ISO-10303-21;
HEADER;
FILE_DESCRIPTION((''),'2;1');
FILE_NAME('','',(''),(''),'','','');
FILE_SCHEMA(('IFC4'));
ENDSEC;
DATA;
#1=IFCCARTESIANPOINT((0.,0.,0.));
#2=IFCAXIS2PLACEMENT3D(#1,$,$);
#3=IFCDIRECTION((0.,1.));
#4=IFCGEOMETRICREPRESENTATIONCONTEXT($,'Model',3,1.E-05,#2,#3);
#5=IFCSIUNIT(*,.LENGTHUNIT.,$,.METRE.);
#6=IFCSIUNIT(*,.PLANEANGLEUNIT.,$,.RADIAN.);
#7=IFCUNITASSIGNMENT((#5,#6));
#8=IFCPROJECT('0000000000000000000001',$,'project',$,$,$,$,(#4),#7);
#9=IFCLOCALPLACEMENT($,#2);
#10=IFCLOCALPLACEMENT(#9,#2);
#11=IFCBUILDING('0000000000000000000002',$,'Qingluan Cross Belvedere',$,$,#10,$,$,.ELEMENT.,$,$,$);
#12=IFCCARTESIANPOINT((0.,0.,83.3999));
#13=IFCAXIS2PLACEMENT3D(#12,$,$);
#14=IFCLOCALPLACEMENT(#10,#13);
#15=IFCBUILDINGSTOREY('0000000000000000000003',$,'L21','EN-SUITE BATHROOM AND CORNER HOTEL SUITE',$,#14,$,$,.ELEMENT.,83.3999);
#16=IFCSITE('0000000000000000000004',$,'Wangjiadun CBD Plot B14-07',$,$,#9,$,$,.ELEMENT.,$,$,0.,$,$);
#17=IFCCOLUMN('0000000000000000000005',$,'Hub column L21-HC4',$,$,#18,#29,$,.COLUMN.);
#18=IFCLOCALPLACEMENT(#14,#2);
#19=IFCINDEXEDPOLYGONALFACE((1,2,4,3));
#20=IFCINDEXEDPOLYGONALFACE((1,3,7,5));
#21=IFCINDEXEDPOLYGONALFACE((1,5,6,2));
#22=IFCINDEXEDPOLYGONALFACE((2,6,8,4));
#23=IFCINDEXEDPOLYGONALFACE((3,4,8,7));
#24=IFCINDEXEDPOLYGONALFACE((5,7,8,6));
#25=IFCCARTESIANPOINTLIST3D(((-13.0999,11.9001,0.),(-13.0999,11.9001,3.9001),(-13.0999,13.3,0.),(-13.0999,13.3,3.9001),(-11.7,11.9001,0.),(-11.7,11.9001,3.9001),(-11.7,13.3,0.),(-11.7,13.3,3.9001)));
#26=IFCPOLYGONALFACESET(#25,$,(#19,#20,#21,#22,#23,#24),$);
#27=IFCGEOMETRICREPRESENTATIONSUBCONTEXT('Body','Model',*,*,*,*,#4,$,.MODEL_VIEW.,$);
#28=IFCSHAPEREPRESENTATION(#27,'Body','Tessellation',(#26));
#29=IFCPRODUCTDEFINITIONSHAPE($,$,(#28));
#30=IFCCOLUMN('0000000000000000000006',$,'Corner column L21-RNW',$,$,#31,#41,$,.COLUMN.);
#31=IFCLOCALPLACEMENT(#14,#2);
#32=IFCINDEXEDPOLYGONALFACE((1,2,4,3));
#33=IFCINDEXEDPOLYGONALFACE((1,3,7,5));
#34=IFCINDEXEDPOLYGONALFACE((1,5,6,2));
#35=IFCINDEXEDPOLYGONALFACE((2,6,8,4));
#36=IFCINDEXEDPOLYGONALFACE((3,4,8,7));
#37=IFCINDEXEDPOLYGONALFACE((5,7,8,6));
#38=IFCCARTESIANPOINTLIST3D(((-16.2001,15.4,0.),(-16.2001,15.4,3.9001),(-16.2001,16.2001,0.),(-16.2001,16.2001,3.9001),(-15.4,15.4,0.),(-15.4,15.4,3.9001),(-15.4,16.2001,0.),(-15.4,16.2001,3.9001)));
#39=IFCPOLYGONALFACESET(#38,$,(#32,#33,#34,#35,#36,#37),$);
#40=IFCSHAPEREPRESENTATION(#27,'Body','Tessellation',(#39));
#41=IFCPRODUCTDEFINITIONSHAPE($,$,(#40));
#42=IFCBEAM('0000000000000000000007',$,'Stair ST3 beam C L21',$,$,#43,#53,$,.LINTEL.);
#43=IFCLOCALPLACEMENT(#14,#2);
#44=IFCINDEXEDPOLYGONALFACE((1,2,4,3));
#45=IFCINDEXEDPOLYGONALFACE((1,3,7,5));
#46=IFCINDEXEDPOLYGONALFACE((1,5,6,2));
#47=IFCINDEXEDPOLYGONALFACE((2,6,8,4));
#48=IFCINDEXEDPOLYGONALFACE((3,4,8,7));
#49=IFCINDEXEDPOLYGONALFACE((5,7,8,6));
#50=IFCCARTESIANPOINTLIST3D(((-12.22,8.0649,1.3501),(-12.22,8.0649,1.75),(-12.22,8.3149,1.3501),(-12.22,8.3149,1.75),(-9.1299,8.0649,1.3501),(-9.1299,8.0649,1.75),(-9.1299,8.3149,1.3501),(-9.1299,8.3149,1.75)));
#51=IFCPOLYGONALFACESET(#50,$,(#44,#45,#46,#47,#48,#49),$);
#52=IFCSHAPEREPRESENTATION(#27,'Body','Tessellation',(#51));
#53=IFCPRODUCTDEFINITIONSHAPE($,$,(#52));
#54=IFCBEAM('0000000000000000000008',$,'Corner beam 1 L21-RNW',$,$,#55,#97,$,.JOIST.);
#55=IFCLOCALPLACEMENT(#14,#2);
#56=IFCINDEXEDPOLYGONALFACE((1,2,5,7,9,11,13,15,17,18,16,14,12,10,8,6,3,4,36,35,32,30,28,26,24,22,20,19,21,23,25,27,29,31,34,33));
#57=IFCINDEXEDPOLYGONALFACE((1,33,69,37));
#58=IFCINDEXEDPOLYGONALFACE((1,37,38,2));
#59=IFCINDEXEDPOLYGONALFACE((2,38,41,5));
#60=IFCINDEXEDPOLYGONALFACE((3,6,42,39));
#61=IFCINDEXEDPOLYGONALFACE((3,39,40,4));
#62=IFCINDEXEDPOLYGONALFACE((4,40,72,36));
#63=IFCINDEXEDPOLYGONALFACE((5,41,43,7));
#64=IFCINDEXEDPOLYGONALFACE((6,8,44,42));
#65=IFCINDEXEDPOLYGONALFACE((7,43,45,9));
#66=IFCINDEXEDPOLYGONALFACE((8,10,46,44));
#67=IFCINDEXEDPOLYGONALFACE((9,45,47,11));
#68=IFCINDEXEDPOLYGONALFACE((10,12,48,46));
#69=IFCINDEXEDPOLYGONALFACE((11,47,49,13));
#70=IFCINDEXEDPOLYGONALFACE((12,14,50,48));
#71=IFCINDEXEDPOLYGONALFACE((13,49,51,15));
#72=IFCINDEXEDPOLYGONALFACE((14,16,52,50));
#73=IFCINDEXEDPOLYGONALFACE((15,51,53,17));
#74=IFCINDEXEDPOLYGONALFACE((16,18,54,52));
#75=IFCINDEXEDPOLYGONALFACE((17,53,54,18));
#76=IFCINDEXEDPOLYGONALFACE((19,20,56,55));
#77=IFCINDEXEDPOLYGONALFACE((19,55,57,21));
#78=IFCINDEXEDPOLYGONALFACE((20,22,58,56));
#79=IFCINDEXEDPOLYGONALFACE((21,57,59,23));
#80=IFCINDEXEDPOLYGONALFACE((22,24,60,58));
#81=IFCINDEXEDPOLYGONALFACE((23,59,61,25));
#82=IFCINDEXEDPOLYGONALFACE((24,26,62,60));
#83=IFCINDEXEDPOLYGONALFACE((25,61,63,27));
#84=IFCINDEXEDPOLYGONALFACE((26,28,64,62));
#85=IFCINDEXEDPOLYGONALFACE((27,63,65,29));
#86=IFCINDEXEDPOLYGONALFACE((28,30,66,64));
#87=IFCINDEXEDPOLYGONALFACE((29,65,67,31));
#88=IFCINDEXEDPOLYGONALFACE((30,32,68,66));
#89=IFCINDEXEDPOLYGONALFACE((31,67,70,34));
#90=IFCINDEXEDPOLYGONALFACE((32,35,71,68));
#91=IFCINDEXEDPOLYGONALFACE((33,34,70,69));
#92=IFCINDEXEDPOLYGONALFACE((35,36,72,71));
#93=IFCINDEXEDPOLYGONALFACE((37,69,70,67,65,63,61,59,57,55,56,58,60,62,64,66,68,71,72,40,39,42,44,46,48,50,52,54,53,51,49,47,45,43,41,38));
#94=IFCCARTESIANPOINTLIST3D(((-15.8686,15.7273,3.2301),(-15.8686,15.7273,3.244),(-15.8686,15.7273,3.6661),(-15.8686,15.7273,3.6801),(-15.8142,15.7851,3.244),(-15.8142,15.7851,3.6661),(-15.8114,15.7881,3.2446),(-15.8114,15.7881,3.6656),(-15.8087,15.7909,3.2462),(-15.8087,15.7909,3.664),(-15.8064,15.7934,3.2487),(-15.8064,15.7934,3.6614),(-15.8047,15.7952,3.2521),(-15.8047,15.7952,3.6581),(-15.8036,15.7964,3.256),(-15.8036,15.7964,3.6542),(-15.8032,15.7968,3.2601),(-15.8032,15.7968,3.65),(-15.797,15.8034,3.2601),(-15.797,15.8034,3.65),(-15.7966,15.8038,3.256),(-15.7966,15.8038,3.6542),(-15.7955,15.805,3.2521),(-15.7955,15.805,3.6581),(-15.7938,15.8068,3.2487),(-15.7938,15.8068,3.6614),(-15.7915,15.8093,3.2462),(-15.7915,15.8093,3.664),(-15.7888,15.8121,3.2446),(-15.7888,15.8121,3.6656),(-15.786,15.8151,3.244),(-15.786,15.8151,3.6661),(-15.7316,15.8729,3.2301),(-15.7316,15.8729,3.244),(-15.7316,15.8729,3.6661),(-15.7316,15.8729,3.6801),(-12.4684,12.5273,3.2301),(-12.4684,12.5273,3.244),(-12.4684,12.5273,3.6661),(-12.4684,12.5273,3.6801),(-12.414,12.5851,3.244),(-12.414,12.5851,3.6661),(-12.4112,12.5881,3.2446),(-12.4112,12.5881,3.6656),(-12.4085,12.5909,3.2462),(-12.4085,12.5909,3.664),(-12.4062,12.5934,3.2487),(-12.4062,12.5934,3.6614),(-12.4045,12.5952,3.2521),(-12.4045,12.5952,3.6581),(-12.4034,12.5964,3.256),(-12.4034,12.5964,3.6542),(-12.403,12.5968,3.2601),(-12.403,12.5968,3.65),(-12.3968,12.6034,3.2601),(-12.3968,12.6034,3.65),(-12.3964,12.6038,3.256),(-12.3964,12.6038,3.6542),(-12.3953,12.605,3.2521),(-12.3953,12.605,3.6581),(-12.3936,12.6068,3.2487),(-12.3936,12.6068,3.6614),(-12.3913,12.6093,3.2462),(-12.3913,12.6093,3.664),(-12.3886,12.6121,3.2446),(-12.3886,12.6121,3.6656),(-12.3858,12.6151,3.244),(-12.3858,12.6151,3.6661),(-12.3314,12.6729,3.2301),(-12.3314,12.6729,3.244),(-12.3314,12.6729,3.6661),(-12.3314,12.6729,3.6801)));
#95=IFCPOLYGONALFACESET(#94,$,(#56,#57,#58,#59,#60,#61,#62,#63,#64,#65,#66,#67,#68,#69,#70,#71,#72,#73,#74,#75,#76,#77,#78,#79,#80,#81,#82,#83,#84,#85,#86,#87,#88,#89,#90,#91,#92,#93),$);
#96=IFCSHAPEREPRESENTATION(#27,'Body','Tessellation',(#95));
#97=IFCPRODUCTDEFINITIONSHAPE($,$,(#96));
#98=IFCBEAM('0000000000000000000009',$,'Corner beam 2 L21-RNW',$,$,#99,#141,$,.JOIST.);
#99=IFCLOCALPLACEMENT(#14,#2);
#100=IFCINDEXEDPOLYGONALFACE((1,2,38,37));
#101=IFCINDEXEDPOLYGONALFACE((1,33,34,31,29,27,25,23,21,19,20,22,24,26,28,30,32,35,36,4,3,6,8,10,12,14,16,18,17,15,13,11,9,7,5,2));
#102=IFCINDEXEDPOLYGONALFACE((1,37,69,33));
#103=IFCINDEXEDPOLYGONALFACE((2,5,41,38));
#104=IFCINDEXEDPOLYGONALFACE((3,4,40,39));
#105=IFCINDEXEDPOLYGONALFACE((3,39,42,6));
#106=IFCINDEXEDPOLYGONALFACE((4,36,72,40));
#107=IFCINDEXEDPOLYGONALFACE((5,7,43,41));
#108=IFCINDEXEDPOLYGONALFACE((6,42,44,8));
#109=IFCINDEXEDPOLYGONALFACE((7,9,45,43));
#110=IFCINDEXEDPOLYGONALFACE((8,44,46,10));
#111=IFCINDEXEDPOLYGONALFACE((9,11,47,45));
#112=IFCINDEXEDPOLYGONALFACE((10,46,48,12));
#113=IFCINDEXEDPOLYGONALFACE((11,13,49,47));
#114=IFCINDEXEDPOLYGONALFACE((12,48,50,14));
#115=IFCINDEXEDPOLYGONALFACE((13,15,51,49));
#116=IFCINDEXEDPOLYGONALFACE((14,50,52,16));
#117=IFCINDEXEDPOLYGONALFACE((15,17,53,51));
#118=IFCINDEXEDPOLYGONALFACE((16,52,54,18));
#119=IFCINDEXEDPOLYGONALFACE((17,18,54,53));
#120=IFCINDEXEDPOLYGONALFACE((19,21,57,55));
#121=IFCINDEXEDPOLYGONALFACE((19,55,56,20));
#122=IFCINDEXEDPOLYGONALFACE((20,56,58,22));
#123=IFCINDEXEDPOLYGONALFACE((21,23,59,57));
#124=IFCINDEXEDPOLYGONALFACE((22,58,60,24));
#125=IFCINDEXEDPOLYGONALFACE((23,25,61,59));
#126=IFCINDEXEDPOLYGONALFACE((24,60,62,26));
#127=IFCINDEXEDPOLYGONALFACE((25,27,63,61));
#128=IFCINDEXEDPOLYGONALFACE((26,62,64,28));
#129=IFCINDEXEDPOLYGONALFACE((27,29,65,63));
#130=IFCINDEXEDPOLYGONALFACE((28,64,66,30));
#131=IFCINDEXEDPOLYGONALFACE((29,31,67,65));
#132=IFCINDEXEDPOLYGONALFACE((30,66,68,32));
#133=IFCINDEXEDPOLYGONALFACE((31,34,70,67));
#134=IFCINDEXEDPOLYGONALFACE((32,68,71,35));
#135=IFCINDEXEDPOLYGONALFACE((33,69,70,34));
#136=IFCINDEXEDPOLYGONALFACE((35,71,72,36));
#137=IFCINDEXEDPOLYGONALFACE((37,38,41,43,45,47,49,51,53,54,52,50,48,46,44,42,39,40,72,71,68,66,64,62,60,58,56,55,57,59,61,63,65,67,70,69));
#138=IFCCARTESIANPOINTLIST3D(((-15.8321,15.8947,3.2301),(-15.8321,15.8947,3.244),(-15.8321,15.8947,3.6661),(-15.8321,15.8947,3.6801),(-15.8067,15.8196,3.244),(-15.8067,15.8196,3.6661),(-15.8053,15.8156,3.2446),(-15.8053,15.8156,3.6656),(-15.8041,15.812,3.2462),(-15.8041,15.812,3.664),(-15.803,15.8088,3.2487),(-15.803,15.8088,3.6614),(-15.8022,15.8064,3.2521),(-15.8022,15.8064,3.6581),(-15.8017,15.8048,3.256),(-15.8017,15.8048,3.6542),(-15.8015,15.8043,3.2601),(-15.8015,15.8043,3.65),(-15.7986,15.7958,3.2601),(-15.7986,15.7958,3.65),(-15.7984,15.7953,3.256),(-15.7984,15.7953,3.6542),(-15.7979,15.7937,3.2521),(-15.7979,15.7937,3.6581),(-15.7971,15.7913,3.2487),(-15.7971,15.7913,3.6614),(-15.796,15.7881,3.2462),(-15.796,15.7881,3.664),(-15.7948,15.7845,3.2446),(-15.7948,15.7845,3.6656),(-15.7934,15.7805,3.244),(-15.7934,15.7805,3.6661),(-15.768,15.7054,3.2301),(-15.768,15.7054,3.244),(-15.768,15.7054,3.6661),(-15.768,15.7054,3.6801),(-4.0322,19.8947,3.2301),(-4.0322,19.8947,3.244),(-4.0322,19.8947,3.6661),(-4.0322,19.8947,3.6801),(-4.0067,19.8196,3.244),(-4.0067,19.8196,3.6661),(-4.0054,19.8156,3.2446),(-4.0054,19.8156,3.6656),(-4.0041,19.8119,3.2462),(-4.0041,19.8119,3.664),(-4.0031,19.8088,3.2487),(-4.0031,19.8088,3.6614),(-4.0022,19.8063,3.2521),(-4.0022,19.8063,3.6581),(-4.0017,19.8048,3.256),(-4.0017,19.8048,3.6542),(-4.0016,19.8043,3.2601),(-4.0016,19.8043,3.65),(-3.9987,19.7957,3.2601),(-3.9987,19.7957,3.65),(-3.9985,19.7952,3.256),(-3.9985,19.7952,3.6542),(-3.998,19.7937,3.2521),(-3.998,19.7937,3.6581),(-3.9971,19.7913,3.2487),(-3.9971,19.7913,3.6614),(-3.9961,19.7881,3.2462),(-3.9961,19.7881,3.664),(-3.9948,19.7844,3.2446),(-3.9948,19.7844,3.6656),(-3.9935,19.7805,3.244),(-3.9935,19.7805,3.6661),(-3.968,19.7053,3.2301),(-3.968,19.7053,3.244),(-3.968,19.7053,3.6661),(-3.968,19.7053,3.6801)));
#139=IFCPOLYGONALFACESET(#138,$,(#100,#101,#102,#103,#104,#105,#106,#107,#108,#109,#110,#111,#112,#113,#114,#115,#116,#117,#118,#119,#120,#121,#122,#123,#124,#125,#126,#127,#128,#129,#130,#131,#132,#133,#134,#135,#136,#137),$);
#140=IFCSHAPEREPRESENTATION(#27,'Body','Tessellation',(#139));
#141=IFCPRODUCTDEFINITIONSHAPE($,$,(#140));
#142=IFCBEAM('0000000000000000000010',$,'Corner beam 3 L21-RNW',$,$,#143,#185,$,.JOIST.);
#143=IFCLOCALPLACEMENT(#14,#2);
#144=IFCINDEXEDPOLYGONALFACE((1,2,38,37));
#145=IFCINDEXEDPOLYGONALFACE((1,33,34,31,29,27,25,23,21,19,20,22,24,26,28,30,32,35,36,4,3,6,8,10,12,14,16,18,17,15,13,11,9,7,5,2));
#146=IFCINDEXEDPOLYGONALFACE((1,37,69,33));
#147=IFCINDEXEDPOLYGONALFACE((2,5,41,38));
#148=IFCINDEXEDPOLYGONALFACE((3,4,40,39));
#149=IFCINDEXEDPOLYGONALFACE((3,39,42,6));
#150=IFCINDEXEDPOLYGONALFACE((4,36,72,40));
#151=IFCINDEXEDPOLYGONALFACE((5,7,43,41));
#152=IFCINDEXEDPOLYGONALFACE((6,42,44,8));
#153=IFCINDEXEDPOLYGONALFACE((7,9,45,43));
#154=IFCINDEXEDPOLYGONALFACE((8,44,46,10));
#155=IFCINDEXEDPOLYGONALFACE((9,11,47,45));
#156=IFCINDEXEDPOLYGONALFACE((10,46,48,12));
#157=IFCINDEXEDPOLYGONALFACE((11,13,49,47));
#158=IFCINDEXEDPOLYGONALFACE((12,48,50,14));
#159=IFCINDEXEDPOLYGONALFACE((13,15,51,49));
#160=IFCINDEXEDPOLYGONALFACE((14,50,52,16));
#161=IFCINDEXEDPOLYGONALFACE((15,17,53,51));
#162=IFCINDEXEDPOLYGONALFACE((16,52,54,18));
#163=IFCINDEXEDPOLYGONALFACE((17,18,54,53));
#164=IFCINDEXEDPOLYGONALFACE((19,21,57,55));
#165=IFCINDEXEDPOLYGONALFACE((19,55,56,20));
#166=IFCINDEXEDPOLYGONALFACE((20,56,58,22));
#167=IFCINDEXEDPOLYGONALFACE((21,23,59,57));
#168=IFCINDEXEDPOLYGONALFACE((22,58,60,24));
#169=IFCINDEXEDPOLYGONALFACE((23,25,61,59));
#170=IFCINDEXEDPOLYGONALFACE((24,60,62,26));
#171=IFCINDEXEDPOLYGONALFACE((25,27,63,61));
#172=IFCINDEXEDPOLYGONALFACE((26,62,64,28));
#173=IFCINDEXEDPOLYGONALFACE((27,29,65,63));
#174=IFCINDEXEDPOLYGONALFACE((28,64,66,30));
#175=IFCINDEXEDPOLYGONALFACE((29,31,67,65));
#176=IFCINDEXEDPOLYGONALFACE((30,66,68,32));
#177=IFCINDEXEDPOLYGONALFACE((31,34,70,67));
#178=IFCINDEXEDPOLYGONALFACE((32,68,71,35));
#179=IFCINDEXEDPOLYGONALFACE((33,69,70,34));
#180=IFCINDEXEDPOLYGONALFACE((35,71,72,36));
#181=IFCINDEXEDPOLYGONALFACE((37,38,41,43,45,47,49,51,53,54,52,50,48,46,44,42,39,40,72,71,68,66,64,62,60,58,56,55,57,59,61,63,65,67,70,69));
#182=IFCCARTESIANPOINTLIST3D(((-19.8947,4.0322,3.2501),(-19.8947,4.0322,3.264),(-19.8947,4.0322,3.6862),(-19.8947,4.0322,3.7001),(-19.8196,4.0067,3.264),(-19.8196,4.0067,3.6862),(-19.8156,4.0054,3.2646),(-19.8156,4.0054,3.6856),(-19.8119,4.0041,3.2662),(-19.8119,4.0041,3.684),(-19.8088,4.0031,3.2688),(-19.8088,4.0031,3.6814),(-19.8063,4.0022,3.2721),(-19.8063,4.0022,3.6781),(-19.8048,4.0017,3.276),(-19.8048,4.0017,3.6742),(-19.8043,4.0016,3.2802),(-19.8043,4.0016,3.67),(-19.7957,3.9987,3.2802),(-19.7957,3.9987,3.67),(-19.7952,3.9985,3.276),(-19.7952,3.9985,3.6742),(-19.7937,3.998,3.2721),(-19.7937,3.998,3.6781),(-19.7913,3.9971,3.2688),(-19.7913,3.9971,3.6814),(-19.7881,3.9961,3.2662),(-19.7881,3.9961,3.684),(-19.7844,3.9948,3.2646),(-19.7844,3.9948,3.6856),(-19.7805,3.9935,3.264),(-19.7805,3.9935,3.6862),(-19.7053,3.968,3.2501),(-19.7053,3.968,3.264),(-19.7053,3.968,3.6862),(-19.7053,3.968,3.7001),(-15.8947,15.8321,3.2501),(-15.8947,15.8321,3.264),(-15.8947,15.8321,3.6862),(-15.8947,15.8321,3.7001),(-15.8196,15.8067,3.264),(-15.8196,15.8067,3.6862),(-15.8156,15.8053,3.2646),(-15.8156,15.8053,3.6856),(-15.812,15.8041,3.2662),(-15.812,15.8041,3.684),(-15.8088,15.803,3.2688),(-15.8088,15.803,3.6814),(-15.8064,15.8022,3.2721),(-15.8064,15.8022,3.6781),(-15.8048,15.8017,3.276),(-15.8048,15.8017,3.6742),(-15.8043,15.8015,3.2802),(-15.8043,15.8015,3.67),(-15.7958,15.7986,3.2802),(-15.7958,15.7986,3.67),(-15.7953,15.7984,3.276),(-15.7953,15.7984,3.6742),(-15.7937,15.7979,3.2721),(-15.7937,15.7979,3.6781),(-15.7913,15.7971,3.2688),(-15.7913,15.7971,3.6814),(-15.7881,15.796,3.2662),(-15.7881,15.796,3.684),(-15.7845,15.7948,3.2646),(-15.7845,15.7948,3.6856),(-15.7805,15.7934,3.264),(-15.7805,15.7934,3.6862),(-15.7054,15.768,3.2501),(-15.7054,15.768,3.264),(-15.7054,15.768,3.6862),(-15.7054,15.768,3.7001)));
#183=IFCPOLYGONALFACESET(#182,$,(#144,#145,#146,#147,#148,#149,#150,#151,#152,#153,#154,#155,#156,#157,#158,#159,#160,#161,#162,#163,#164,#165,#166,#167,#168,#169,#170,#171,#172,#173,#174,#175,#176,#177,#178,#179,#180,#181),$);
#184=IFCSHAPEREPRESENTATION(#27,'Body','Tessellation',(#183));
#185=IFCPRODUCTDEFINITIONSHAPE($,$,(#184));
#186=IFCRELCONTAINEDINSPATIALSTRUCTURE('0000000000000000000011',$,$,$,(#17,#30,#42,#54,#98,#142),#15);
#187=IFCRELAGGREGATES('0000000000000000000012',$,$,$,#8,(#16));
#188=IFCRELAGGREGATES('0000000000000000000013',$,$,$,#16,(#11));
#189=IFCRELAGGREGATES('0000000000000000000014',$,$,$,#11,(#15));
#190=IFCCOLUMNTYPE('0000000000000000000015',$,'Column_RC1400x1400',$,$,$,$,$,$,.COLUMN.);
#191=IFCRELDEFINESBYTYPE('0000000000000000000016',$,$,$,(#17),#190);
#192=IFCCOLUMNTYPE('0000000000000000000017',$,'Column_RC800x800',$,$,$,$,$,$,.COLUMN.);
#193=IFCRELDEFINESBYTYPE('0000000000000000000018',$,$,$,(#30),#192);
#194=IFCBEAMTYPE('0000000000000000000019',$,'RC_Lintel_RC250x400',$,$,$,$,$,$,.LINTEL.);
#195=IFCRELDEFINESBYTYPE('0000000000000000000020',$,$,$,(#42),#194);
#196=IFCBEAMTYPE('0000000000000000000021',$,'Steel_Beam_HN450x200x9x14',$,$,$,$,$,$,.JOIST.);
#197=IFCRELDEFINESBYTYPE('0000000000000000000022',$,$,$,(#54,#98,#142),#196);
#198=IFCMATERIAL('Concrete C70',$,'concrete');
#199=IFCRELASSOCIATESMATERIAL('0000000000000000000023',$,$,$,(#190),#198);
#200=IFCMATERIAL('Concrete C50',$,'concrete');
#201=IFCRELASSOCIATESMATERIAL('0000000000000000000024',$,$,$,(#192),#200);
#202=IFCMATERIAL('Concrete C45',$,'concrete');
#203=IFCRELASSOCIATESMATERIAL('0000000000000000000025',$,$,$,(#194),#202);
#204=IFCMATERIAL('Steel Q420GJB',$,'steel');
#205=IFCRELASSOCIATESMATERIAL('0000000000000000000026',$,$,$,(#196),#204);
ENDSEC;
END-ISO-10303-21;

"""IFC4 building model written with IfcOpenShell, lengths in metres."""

from ifc_helpers import new_model, si_unit, direction, frame, origin, origin_2d, place, context, subcontext, project, spatial, rectangle, i_section, extrude, material, material_profile, profile_set, type_object, element, save


model = new_model("IFC4")

# Units and contexts
model_context = context("Model", 3, precision=1e-05, world=origin(), true_north=direction((0.0, 1.0)))
body_context = subcontext(model_context, "Body", "Model", "MODEL_VIEW")
ifc_project = project(units=[si_unit("LENGTHUNIT", "METRE"), si_unit("PLANEANGLEUNIT", "RADIAN")], contexts=[model_context])

# Site, building, storey
site_placement = place(None, origin())
site = spatial("IfcSite", under=ifc_project, at=site_placement, Name="Wangjiadun CBD Plot B14-07", CompositionType="ELEMENT", RefElevation=0.0)
building_placement = place(site_placement, origin())
building = spatial("IfcBuilding", under=site, at=building_placement, Name="Qingluan Cross Belvedere", CompositionType="ELEMENT")
storey_placement = place(building_placement, frame((0.0, 0.0, 83.3999)))
storey = spatial("IfcBuildingStorey", under=building, at=storey_placement, Name="L21", Description="EN-SUITE BATHROOM AND CORNER HOTEL SUITE", CompositionType="ELEMENT", Elevation=83.3999)

# Columns
ifc_material_1 = material(Name="Concrete C70", Category="concrete")
ifc_material_profile_1 = material_profile(ifc_material_1, rectangle(XDim=1.3999, YDim=1.3999, at=origin_2d()), Name="RC1400x1400")
ifc_profile_set_1 = profile_set([ifc_material_profile_1], Name="Concrete C70")
column_type_1 = type_object("IfcColumnType", Name="Column_RC1400x1400", PredefinedType="COLUMN", material=ifc_profile_set_1)
column_1_placement = place(storey_placement, frame((-12.3999, 12.6001, 0.0), z_axis=(0.0, 0.0, 1.0), x_axis=(1.0, 0.0, 0.0)))
element("IfcColumn", 1, at=column_1_placement, inside=storey, type_object=column_type_1, Name="Hub column L21-HC4", PredefinedType="COLUMN", context=body_context, shape_type="SweptSolid", body=[
    extrude(rectangle(XDim=1.3999, YDim=1.3999, at=origin_2d()), origin(), (0.0, 0.0, 1.0), 3.9001),
])
ifc_material_2 = material(Name="Concrete C50", Category="concrete")
ifc_material_profile_2 = material_profile(ifc_material_2, rectangle(XDim=0.8, YDim=0.8, at=origin_2d()), Name="RC800x800")
ifc_profile_set_2 = profile_set([ifc_material_profile_2], Name="Concrete C50")
column_type_2 = type_object("IfcColumnType", Name="Column_RC800x800", PredefinedType="COLUMN", material=ifc_profile_set_2)
column_2_placement = place(storey_placement, frame((-15.8, 15.8, 0.0), z_axis=(0.0, 0.0, 1.0), x_axis=(1.0, 0.0, 0.0)))
element("IfcColumn", 2, at=column_2_placement, inside=storey, type_object=column_type_2, Name="Corner column L21-RNW", PredefinedType="COLUMN", context=body_context, shape_type="SweptSolid", body=[
    extrude(rectangle(XDim=0.8, YDim=0.8, at=origin_2d()), origin(), (0.0, 0.0, 1.0), 3.9001),
])

# Beams
ifc_material_3 = material(Name="Concrete C45", Category="concrete")
ifc_material_profile_3 = material_profile(ifc_material_3, rectangle(XDim=0.25, YDim=0.3999, at=origin_2d()), Name="RC250x400")
ifc_profile_set_3 = profile_set([ifc_material_profile_3], Name="Concrete C45")
beam_type_1 = type_object("IfcBeamType", Name="RC_Lintel_RC250x400", PredefinedType="LINTEL", material=ifc_profile_set_3)
beam_1_placement = place(storey_placement, frame((-12.22, 8.1899, 1.55), z_axis=(1.0, 0.0, 0.0), x_axis=(0.0, 1.0, 0.0)))
element("IfcBeam", 3, at=beam_1_placement, inside=storey, type_object=beam_type_1, Name="Stair ST3 beam C L21", PredefinedType="LINTEL", context=body_context, shape_type="SweptSolid", body=[
    extrude(rectangle(XDim=0.25, YDim=0.3999, at=origin_2d()), origin(), (0.0, 0.0, 1.0), 3.0901),
])
ifc_material_4 = material(Name="Steel Q420GJB", Category="steel")
ifc_material_profile_4 = material_profile(ifc_material_4, i_section(OverallWidth=0.2, OverallDepth=0.45, WebThickness=0.009, FlangeThickness=0.0139, FilletRadius=0.0161, at=origin_2d()), Name="HN450x200x9x14")
ifc_profile_set_4 = profile_set([ifc_material_profile_4], Name="Steel Q420GJB")
beam_type_2 = type_object("IfcBeamType", Name="Steel_Beam_HN450x200x9x14", PredefinedType="JOIST", material=ifc_profile_set_4)
beam_2_placement = place(storey_placement, frame((-12.3999, 12.6001, 3.4551), z_axis=(-0.72822, 0.685343, 0.0), x_axis=(-0.685343, -0.72822, 0.0)))
element("IfcBeam", 4, at=beam_2_placement, inside=storey, type_object=beam_type_2, Name="Corner beam 1 L21-RNW", PredefinedType="JOIST", context=body_context, shape_type="SweptSolid", body=[
    extrude(i_section(OverallWidth=0.2, OverallDepth=0.45, WebThickness=0.009, FlangeThickness=0.0139, FilletRadius=0.0161, at=origin_2d()), origin(), (0.0, 0.0, 1.0), 4.6692),
])
for number, where, z_axis, x_axis, name in (
    (5, (-15.8, 15.8, 3.4551), (0.947066, 0.321038, 0.0), (-0.321038, 0.947066, 0.0), "Corner beam 2 L21-RNW"),
    (6, (-15.8, 15.8, 3.4751), (-0.321038, -0.947066, 0.0), (0.947066, -0.321038, 0.0), "Corner beam 3 L21-RNW"),
):
    element("IfcBeam", number, at=place(storey_placement, frame(where, z_axis=z_axis, x_axis=x_axis)), inside=storey, type_object=beam_type_2, Name=name, PredefinedType="JOIST", context=body_context, shape_type="SweptSolid", body=[
        extrude(i_section(OverallWidth=0.2, OverallDepth=0.45, WebThickness=0.009, FlangeThickness=0.0139, FilletRadius=0.0161, at=origin_2d()), origin(), (0.0, 0.0, 1.0), 12.4595),
    ])

save(model, "model.ifc")
